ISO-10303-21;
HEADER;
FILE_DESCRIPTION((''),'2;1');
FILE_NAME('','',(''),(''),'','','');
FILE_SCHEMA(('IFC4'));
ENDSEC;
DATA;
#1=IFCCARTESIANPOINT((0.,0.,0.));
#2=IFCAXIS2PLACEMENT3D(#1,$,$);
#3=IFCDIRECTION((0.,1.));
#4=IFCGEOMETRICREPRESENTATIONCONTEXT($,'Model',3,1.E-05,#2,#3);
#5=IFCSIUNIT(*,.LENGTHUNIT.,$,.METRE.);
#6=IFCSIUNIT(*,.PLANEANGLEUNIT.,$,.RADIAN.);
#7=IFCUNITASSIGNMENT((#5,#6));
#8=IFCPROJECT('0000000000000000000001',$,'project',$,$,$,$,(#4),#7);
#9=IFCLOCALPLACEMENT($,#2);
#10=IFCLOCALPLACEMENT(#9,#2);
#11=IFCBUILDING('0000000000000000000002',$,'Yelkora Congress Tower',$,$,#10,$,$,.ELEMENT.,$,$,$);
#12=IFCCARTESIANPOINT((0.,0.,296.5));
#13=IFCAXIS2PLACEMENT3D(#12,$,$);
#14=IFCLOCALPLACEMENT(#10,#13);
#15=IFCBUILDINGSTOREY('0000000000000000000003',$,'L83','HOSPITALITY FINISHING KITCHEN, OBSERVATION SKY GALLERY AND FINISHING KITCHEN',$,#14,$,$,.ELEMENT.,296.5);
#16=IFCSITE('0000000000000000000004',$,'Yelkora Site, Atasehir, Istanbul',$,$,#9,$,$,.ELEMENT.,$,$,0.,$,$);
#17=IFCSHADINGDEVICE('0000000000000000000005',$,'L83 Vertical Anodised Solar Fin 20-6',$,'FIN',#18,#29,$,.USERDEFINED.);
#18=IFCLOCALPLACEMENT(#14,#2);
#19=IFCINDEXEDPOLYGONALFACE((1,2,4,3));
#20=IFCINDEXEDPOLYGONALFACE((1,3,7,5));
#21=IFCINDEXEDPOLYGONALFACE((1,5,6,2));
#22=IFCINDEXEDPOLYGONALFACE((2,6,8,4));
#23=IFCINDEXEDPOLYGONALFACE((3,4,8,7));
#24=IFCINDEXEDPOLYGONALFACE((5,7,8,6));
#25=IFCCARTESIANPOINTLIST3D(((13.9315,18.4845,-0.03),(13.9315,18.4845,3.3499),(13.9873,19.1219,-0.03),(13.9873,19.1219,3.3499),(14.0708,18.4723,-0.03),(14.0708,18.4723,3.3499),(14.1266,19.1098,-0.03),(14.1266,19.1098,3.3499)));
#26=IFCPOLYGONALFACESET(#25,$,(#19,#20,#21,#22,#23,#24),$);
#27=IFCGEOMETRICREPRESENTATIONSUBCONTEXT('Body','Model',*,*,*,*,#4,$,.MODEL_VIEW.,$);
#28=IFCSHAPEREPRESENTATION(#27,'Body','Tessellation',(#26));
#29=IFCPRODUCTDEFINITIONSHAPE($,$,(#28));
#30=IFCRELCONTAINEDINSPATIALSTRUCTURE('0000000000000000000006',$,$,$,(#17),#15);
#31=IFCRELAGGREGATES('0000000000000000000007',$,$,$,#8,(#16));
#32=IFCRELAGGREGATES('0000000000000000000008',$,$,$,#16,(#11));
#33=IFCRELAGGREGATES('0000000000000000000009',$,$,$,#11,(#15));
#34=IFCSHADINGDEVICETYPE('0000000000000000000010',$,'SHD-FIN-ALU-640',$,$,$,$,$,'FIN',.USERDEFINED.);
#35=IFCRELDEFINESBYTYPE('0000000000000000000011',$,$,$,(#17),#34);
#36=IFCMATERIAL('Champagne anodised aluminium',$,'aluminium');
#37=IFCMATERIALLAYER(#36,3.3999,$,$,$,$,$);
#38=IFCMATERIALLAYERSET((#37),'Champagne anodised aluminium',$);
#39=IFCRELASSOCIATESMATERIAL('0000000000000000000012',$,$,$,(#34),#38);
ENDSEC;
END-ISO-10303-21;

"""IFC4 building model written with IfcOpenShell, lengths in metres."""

from ifc_helpers import new_model, si_unit, direction, frame, origin, origin_2d, place, context, subcontext, project, spatial, rectangle, extrude, material, layer, layer_set, type_object, element, save


model = new_model("IFC4")

# Units and contexts
model_context = context("Model", 3, precision=1e-05, world=origin(), true_north=direction((0.0, 1.0)))
body_context = subcontext(model_context, "Body", "Model", "MODEL_VIEW")
ifc_project = project(units=[si_unit("LENGTHUNIT", "METRE"), si_unit("PLANEANGLEUNIT", "RADIAN")], contexts=[model_context])

# Site, building, storey
site_placement = place(None, origin())
site = spatial("IfcSite", under=ifc_project, at=site_placement, Name="Yelkora Site, Atasehir, Istanbul", CompositionType="ELEMENT", RefElevation=0.0)
building_placement = place(site_placement, origin())
building = spatial("IfcBuilding", under=site, at=building_placement, Name="Yelkora Congress Tower", CompositionType="ELEMENT")
storey_placement = place(building_placement, frame((0.0, 0.0, 296.5)))
storey = spatial("IfcBuildingStorey", under=building, at=storey_placement, Name="L83", Description="HOSPITALITY FINISHING KITCHEN, OBSERVATION SKY GALLERY AND FINISHING KITCHEN", CompositionType="ELEMENT", Elevation=296.5)

# Shading device
ifc_material_1 = material(Name="Champagne anodised aluminium", Category="aluminium")
ifc_layer_1 = layer(ifc_material_1, 3.3999)
ifc_layer_set_1 = layer_set([ifc_layer_1], Name="Champagne anodised aluminium")
shading_device_type = type_object("IfcShadingDeviceType", Name="SHD-FIN-ALU-640", ElementType="FIN", PredefinedType="USERDEFINED", material=ifc_layer_set_1)
shading_device_placement = place(storey_placement, frame((14.0291, 18.7971, -0.03), z_axis=(0.0, 0.0, 1.0), x_axis=(-0.996195, 0.087156, 0.0)))
element("IfcShadingDevice", 1, at=shading_device_placement, inside=storey, type_object=shading_device_type, Name="L83 Vertical Anodised Solar Fin 20-6", ObjectType="FIN", PredefinedType="USERDEFINED", context=body_context, shape_type="SweptSolid", body=[
    extrude(rectangle(XDim=0.1399, YDim=0.6399, at=origin_2d()), origin(), (0.0, 0.0, 1.0), 3.3799),
])

save(model, "model.ifc")
